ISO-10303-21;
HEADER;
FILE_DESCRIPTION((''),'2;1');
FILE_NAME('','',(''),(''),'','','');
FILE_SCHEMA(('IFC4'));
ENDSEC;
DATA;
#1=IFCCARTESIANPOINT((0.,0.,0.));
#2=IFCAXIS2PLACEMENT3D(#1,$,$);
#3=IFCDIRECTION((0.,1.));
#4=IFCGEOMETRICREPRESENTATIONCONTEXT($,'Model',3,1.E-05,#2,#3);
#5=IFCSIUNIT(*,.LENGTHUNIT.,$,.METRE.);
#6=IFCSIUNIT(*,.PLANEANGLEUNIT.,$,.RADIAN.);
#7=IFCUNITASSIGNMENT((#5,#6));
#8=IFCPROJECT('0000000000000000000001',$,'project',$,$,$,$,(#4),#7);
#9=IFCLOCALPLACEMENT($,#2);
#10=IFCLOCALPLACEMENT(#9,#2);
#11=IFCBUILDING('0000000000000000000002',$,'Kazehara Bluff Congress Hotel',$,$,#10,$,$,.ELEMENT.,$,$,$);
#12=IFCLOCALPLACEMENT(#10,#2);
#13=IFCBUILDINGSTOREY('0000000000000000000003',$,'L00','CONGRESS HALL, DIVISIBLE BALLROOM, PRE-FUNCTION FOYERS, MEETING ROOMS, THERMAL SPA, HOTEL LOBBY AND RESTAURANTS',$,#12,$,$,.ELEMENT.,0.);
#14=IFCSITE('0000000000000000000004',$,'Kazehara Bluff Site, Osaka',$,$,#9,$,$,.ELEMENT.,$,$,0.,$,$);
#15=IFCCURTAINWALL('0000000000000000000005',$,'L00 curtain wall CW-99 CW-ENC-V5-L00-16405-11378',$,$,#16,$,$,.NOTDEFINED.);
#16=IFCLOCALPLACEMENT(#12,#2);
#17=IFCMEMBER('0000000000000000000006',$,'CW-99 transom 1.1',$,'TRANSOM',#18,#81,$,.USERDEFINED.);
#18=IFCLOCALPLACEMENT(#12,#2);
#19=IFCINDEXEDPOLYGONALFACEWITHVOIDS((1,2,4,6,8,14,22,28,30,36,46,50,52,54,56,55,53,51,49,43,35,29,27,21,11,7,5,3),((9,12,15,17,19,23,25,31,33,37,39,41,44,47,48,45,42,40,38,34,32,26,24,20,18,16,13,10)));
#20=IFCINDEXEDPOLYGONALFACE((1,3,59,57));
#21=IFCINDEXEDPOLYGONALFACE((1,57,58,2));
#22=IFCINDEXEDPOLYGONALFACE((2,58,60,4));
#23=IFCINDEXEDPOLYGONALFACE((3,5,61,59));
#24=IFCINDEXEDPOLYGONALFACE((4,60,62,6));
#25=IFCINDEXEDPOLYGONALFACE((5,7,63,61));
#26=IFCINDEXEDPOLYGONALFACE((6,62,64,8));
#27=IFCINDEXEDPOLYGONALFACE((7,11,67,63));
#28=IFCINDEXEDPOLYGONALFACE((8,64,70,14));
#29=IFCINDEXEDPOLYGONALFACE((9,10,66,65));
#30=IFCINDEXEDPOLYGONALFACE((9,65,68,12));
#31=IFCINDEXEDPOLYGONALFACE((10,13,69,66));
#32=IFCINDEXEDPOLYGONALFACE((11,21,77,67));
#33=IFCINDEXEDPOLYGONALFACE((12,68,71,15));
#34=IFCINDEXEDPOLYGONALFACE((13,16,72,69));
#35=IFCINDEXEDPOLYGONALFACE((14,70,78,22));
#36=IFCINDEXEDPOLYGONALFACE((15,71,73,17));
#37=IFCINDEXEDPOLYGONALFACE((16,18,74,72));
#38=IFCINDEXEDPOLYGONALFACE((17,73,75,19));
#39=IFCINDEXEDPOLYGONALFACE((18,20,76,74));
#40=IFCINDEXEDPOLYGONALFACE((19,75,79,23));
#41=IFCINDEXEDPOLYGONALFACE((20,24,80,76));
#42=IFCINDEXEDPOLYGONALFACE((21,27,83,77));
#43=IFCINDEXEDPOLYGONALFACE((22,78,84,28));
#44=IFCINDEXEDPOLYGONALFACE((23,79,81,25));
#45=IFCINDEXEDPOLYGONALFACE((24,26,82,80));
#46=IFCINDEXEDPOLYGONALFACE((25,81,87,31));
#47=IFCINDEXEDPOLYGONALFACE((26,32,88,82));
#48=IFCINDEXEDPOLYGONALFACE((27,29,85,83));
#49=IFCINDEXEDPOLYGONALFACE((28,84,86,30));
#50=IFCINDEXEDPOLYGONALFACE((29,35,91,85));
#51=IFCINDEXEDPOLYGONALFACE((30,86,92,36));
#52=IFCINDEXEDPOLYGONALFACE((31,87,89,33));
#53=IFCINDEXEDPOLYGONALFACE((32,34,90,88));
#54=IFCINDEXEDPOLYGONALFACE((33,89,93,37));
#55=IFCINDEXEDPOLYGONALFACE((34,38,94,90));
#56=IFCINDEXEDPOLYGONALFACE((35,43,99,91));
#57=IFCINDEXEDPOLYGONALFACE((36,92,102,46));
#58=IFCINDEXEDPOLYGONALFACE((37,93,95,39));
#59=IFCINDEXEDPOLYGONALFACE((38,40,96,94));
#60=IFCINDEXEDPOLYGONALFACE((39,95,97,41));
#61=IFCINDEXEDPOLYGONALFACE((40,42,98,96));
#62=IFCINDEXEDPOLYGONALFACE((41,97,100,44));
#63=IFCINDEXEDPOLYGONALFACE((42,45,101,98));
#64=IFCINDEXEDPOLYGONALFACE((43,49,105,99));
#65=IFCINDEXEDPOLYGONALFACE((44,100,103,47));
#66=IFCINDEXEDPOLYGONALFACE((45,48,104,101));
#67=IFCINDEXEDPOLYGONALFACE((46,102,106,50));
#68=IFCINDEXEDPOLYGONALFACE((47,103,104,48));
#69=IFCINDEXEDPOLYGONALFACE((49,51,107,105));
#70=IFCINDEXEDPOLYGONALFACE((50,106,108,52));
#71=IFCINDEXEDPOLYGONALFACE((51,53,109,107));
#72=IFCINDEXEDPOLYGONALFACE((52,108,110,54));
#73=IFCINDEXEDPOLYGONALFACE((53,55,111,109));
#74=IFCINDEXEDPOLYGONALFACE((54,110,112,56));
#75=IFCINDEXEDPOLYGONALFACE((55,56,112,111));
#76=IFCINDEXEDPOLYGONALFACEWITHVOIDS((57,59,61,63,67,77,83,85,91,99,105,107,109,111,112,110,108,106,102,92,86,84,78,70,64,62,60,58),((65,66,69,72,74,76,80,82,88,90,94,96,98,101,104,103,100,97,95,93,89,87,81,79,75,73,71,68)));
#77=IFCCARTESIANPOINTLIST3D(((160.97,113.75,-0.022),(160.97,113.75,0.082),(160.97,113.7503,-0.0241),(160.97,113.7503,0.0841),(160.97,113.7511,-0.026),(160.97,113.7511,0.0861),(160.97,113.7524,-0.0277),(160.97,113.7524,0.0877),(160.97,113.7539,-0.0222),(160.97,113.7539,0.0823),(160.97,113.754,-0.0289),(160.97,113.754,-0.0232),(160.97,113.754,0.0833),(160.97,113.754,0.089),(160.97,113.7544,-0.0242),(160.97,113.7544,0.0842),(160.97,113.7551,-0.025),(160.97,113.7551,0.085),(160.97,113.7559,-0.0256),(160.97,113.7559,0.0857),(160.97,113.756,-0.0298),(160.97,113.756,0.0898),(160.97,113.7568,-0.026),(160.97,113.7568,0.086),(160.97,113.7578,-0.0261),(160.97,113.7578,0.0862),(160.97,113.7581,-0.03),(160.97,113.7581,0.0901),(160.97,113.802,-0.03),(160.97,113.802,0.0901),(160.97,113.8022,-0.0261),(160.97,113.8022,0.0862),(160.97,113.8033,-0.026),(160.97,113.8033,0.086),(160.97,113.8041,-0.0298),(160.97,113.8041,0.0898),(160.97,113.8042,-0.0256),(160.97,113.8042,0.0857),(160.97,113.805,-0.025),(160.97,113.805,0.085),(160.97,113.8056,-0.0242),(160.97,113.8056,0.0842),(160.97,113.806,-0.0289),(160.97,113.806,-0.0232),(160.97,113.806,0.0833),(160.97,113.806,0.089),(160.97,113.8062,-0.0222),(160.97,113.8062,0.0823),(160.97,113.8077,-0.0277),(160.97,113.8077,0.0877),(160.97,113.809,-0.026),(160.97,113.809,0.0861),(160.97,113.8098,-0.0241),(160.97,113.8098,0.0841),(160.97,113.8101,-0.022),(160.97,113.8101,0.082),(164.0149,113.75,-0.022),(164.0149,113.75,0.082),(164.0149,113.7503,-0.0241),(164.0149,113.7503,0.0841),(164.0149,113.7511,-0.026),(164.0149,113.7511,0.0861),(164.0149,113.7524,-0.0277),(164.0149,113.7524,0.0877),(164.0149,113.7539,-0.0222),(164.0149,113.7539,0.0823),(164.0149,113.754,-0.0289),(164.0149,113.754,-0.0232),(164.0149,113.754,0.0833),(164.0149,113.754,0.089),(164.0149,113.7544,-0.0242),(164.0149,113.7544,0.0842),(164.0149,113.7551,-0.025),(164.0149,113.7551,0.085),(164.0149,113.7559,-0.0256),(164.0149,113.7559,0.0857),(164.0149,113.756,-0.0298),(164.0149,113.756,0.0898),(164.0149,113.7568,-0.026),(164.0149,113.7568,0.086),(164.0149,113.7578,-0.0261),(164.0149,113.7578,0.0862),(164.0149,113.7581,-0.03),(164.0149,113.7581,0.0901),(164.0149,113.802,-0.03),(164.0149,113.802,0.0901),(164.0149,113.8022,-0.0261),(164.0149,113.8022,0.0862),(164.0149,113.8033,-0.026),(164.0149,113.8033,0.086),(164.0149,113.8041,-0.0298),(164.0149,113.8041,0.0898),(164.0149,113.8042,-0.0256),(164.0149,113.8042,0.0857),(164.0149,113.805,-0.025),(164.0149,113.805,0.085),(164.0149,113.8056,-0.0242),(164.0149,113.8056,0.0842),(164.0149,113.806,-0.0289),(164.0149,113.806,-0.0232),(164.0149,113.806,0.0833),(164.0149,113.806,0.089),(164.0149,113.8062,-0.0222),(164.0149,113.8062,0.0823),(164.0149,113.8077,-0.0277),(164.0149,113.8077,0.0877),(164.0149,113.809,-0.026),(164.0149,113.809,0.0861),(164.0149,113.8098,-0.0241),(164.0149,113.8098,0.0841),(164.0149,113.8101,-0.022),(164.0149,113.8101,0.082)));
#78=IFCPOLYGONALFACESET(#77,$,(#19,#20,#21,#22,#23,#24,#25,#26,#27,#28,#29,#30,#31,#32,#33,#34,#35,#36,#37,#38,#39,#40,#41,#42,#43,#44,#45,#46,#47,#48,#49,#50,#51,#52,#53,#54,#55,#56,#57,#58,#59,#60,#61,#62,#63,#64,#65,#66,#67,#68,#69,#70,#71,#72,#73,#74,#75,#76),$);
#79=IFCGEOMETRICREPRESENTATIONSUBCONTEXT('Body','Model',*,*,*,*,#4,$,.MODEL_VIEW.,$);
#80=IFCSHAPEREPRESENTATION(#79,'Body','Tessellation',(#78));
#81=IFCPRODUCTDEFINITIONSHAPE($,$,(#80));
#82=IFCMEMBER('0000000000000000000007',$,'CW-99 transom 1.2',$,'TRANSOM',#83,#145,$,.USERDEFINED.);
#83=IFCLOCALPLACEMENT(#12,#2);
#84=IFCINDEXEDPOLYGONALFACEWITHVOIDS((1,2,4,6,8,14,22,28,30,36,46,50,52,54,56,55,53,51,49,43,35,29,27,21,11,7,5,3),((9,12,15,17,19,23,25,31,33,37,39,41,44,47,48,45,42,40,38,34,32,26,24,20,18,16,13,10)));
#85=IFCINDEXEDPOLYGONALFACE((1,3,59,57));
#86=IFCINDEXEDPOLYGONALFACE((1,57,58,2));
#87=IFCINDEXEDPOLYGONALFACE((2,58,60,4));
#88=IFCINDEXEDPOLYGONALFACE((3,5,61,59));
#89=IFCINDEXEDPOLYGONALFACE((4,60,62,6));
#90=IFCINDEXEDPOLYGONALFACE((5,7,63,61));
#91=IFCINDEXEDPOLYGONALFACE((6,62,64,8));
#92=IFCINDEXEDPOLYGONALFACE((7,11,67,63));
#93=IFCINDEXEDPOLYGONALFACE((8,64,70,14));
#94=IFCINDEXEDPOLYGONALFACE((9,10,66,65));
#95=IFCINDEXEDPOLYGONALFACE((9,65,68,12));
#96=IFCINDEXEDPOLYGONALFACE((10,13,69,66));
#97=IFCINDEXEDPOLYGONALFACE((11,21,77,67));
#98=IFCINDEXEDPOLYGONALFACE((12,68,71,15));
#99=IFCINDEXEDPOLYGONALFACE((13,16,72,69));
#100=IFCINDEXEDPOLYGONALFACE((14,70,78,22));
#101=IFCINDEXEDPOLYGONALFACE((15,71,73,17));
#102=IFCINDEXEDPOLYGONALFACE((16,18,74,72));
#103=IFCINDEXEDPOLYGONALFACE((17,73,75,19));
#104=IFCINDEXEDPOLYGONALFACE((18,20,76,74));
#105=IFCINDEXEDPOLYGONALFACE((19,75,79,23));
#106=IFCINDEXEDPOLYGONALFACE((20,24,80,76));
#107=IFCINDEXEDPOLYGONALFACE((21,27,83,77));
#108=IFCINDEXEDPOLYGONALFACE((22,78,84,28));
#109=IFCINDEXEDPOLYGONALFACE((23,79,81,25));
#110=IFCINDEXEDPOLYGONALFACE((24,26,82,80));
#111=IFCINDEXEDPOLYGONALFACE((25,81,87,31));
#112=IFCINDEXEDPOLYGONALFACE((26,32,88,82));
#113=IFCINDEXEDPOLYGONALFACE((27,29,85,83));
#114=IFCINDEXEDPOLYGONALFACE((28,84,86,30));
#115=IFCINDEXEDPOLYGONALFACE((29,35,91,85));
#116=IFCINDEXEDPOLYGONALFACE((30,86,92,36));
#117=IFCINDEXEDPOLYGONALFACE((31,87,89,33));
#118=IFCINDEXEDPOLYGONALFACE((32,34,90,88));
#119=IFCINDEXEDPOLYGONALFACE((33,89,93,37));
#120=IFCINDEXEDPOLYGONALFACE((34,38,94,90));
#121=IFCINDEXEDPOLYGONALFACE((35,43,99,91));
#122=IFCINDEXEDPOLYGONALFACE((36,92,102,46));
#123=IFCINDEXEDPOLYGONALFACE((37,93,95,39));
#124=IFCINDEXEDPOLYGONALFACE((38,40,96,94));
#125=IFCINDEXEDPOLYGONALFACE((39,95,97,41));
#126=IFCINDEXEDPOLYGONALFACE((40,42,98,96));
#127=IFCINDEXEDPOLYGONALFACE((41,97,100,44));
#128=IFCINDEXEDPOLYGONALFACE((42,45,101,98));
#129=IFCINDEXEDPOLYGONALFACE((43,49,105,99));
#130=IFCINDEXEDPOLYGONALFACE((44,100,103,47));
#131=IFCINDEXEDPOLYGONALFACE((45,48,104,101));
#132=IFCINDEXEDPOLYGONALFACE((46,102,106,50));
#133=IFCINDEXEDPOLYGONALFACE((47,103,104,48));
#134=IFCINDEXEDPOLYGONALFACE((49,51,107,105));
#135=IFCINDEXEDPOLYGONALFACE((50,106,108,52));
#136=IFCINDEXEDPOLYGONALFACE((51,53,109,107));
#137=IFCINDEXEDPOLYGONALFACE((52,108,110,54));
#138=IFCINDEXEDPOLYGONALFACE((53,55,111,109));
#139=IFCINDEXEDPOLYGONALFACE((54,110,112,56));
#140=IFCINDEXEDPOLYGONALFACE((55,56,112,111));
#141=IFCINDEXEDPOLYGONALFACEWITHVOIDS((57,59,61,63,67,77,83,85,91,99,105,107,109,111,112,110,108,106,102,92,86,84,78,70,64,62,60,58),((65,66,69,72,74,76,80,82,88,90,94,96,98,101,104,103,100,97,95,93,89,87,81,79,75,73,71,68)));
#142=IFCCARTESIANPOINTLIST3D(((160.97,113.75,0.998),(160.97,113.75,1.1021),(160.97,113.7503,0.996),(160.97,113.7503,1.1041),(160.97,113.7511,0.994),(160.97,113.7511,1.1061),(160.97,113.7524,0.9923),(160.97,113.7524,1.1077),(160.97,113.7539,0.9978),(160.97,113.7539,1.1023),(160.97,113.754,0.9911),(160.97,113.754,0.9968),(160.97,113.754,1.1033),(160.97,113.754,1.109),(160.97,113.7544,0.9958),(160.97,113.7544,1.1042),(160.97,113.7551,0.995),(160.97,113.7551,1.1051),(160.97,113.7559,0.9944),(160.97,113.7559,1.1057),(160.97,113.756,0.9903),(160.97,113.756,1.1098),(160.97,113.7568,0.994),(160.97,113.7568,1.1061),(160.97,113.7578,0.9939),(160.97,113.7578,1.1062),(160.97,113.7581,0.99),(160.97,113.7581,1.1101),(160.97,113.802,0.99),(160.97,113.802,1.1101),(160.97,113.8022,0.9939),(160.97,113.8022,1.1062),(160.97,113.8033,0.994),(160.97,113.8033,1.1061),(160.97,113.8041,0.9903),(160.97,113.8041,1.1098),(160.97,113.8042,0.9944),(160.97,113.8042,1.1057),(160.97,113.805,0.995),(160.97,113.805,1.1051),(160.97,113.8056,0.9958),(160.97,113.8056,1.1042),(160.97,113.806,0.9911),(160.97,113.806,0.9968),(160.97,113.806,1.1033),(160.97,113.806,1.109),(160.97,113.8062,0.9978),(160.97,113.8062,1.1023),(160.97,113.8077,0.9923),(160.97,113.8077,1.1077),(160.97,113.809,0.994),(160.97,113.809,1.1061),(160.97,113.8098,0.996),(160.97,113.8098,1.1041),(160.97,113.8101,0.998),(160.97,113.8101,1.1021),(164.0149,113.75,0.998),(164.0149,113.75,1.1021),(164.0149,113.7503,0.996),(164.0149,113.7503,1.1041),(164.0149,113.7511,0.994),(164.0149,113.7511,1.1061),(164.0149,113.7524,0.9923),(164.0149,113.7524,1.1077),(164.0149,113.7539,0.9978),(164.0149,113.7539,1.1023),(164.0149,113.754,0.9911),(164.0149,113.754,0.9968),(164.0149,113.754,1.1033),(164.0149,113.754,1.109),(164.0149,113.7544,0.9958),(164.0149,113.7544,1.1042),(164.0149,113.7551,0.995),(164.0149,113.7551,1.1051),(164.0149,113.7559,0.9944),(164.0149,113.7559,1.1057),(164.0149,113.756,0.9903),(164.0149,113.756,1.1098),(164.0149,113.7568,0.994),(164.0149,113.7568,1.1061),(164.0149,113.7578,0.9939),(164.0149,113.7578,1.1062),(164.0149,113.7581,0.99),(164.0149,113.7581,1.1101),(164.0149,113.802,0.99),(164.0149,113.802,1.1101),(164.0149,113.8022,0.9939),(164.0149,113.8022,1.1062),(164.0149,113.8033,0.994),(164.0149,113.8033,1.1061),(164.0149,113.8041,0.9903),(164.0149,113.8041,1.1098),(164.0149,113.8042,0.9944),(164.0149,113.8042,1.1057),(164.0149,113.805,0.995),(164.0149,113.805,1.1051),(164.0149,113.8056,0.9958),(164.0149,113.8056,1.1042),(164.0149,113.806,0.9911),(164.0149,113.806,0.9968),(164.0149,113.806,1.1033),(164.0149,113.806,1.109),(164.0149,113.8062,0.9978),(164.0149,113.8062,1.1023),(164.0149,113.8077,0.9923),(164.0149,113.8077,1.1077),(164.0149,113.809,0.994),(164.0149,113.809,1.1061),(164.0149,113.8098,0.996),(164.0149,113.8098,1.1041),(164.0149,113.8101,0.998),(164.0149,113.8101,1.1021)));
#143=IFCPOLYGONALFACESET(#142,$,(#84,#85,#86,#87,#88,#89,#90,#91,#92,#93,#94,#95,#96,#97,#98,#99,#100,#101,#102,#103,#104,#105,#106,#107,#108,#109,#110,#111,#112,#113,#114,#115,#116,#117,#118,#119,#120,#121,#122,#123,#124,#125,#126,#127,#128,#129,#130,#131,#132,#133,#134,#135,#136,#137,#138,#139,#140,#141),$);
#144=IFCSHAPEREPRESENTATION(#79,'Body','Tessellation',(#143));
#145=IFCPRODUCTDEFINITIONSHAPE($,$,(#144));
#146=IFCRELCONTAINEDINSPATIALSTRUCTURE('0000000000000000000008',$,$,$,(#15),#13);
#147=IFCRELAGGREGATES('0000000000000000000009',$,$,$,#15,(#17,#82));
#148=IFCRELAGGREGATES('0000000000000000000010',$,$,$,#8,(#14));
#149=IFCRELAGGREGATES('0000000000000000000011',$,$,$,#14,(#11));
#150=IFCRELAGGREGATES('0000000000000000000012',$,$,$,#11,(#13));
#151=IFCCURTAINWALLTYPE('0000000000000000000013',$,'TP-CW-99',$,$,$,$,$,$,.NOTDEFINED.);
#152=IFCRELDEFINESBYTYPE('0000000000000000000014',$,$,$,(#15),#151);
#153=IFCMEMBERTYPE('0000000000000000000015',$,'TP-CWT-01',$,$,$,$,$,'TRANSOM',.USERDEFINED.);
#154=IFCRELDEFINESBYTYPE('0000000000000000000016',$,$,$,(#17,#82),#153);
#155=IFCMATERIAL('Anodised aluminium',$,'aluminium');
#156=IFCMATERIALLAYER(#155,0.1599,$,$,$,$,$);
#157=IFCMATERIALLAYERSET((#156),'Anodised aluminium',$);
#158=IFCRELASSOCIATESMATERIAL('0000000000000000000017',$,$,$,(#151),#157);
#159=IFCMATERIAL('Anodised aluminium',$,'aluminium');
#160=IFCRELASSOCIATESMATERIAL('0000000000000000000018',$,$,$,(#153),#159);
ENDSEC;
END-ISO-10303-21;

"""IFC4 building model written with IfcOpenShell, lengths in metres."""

from ifc_helpers import new_model, si_unit, direction, frame, origin, origin_2d, place, context, subcontext, project, spatial, hollow_rectangle, extrude, material, layer, layer_set, material_profile, profile_set, type_object, element, aggregate, save


model = new_model("IFC4")

# Units and contexts
model_context = context("Model", 3, precision=1e-05, world=origin(), true_north=direction((0.0, 1.0)))
body_context = subcontext(model_context, "Body", "Model", "MODEL_VIEW")
ifc_project = project(units=[si_unit("LENGTHUNIT", "METRE"), si_unit("PLANEANGLEUNIT", "RADIAN")], contexts=[model_context])

# Site, building, storey
site_placement = place(None, origin())
site = spatial("IfcSite", under=ifc_project, at=site_placement, Name="Kazehara Bluff Site, Osaka", CompositionType="ELEMENT", RefElevation=0.0)
building_placement = place(site_placement, origin())
building = spatial("IfcBuilding", under=site, at=building_placement, Name="Kazehara Bluff Congress Hotel", CompositionType="ELEMENT")
storey_placement = place(building_placement, origin())
storey = spatial("IfcBuildingStorey", under=building, at=storey_placement, Name="L00", Description="CONGRESS HALL, DIVISIBLE BALLROOM, PRE-FUNCTION FOYERS, MEETING ROOMS, THERMAL SPA, HOTEL LOBBY AND RESTAURANTS", CompositionType="ELEMENT", Elevation=0.0)

# Curtain wall, members
ifc_material_1 = material(Name="Anodised aluminium", Category="aluminium")
ifc_layer_1 = layer(ifc_material_1, 0.1599)
ifc_layer_set_1 = layer_set([ifc_layer_1], Name="Anodised aluminium")
curtain_wall_type_1 = type_object("IfcCurtainWallType", Name="TP-CW-99", PredefinedType="NOTDEFINED", material=ifc_layer_set_1)
curtain_wall_1_placement = place(storey_placement, origin())
curtain_wall_1 = element("IfcCurtainWall", 1, at=curtain_wall_1_placement, inside=storey, type_object=curtain_wall_type_1, Name="L00 curtain wall CW-99 CW-ENC-V5-L00-16405-11378", PredefinedType="NOTDEFINED")
ifc_material_2 = material(Name="Anodised aluminium", Category="aluminium")
ifc_material_profile_1 = material_profile(ifc_material_2, hollow_rectangle(XDim=0.0601, YDim=0.1201, WallThickness=0.0039, InnerFilletRadius=0.0039, OuterFilletRadius=0.0081, at=origin_2d()))
ifc_profile_set_1 = profile_set([ifc_material_profile_1], Name="Anodised aluminium")
member_type_1 = type_object("IfcMemberType", Name="TP-CWT-01", ElementType="TRANSOM", PredefinedType="USERDEFINED", material=ifc_profile_set_1)
member_1_placement = place(storey_placement, frame((160.97, 113.78, 0.03), z_axis=(1.0, 0.0, 0.0), x_axis=(0.0, 1.0, 0.0)))
member_1 = element("IfcMember", 2, at=member_1_placement, type_object=member_type_1, Name="CW-99 transom 1.1", ObjectType="TRANSOM", PredefinedType="USERDEFINED", context=body_context, shape_type="SweptSolid", body=[
    extrude(hollow_rectangle(XDim=0.0601, YDim=0.1201, WallThickness=0.0039, InnerFilletRadius=0.0039, OuterFilletRadius=0.0081, at=origin_2d()), origin(), (0.0, 0.0, 1.0), 3.0449),
])
member_2_placement = place(storey_placement, frame((160.97, 113.78, 1.05), z_axis=(1.0, 0.0, 0.0), x_axis=(0.0, 1.0, 0.0)))
member_2 = element("IfcMember", 3, at=member_2_placement, type_object=member_type_1, Name="CW-99 transom 1.2", ObjectType="TRANSOM", PredefinedType="USERDEFINED", context=body_context, shape_type="SweptSolid", body=[
    extrude(hollow_rectangle(XDim=0.0601, YDim=0.1201, WallThickness=0.0039, InnerFilletRadius=0.0039, OuterFilletRadius=0.0081, at=origin_2d()), origin(), (0.0, 0.0, 1.0), 3.0449),
])

aggregate(curtain_wall_1, [member_1, member_2])

save(model, "model.ifc")
